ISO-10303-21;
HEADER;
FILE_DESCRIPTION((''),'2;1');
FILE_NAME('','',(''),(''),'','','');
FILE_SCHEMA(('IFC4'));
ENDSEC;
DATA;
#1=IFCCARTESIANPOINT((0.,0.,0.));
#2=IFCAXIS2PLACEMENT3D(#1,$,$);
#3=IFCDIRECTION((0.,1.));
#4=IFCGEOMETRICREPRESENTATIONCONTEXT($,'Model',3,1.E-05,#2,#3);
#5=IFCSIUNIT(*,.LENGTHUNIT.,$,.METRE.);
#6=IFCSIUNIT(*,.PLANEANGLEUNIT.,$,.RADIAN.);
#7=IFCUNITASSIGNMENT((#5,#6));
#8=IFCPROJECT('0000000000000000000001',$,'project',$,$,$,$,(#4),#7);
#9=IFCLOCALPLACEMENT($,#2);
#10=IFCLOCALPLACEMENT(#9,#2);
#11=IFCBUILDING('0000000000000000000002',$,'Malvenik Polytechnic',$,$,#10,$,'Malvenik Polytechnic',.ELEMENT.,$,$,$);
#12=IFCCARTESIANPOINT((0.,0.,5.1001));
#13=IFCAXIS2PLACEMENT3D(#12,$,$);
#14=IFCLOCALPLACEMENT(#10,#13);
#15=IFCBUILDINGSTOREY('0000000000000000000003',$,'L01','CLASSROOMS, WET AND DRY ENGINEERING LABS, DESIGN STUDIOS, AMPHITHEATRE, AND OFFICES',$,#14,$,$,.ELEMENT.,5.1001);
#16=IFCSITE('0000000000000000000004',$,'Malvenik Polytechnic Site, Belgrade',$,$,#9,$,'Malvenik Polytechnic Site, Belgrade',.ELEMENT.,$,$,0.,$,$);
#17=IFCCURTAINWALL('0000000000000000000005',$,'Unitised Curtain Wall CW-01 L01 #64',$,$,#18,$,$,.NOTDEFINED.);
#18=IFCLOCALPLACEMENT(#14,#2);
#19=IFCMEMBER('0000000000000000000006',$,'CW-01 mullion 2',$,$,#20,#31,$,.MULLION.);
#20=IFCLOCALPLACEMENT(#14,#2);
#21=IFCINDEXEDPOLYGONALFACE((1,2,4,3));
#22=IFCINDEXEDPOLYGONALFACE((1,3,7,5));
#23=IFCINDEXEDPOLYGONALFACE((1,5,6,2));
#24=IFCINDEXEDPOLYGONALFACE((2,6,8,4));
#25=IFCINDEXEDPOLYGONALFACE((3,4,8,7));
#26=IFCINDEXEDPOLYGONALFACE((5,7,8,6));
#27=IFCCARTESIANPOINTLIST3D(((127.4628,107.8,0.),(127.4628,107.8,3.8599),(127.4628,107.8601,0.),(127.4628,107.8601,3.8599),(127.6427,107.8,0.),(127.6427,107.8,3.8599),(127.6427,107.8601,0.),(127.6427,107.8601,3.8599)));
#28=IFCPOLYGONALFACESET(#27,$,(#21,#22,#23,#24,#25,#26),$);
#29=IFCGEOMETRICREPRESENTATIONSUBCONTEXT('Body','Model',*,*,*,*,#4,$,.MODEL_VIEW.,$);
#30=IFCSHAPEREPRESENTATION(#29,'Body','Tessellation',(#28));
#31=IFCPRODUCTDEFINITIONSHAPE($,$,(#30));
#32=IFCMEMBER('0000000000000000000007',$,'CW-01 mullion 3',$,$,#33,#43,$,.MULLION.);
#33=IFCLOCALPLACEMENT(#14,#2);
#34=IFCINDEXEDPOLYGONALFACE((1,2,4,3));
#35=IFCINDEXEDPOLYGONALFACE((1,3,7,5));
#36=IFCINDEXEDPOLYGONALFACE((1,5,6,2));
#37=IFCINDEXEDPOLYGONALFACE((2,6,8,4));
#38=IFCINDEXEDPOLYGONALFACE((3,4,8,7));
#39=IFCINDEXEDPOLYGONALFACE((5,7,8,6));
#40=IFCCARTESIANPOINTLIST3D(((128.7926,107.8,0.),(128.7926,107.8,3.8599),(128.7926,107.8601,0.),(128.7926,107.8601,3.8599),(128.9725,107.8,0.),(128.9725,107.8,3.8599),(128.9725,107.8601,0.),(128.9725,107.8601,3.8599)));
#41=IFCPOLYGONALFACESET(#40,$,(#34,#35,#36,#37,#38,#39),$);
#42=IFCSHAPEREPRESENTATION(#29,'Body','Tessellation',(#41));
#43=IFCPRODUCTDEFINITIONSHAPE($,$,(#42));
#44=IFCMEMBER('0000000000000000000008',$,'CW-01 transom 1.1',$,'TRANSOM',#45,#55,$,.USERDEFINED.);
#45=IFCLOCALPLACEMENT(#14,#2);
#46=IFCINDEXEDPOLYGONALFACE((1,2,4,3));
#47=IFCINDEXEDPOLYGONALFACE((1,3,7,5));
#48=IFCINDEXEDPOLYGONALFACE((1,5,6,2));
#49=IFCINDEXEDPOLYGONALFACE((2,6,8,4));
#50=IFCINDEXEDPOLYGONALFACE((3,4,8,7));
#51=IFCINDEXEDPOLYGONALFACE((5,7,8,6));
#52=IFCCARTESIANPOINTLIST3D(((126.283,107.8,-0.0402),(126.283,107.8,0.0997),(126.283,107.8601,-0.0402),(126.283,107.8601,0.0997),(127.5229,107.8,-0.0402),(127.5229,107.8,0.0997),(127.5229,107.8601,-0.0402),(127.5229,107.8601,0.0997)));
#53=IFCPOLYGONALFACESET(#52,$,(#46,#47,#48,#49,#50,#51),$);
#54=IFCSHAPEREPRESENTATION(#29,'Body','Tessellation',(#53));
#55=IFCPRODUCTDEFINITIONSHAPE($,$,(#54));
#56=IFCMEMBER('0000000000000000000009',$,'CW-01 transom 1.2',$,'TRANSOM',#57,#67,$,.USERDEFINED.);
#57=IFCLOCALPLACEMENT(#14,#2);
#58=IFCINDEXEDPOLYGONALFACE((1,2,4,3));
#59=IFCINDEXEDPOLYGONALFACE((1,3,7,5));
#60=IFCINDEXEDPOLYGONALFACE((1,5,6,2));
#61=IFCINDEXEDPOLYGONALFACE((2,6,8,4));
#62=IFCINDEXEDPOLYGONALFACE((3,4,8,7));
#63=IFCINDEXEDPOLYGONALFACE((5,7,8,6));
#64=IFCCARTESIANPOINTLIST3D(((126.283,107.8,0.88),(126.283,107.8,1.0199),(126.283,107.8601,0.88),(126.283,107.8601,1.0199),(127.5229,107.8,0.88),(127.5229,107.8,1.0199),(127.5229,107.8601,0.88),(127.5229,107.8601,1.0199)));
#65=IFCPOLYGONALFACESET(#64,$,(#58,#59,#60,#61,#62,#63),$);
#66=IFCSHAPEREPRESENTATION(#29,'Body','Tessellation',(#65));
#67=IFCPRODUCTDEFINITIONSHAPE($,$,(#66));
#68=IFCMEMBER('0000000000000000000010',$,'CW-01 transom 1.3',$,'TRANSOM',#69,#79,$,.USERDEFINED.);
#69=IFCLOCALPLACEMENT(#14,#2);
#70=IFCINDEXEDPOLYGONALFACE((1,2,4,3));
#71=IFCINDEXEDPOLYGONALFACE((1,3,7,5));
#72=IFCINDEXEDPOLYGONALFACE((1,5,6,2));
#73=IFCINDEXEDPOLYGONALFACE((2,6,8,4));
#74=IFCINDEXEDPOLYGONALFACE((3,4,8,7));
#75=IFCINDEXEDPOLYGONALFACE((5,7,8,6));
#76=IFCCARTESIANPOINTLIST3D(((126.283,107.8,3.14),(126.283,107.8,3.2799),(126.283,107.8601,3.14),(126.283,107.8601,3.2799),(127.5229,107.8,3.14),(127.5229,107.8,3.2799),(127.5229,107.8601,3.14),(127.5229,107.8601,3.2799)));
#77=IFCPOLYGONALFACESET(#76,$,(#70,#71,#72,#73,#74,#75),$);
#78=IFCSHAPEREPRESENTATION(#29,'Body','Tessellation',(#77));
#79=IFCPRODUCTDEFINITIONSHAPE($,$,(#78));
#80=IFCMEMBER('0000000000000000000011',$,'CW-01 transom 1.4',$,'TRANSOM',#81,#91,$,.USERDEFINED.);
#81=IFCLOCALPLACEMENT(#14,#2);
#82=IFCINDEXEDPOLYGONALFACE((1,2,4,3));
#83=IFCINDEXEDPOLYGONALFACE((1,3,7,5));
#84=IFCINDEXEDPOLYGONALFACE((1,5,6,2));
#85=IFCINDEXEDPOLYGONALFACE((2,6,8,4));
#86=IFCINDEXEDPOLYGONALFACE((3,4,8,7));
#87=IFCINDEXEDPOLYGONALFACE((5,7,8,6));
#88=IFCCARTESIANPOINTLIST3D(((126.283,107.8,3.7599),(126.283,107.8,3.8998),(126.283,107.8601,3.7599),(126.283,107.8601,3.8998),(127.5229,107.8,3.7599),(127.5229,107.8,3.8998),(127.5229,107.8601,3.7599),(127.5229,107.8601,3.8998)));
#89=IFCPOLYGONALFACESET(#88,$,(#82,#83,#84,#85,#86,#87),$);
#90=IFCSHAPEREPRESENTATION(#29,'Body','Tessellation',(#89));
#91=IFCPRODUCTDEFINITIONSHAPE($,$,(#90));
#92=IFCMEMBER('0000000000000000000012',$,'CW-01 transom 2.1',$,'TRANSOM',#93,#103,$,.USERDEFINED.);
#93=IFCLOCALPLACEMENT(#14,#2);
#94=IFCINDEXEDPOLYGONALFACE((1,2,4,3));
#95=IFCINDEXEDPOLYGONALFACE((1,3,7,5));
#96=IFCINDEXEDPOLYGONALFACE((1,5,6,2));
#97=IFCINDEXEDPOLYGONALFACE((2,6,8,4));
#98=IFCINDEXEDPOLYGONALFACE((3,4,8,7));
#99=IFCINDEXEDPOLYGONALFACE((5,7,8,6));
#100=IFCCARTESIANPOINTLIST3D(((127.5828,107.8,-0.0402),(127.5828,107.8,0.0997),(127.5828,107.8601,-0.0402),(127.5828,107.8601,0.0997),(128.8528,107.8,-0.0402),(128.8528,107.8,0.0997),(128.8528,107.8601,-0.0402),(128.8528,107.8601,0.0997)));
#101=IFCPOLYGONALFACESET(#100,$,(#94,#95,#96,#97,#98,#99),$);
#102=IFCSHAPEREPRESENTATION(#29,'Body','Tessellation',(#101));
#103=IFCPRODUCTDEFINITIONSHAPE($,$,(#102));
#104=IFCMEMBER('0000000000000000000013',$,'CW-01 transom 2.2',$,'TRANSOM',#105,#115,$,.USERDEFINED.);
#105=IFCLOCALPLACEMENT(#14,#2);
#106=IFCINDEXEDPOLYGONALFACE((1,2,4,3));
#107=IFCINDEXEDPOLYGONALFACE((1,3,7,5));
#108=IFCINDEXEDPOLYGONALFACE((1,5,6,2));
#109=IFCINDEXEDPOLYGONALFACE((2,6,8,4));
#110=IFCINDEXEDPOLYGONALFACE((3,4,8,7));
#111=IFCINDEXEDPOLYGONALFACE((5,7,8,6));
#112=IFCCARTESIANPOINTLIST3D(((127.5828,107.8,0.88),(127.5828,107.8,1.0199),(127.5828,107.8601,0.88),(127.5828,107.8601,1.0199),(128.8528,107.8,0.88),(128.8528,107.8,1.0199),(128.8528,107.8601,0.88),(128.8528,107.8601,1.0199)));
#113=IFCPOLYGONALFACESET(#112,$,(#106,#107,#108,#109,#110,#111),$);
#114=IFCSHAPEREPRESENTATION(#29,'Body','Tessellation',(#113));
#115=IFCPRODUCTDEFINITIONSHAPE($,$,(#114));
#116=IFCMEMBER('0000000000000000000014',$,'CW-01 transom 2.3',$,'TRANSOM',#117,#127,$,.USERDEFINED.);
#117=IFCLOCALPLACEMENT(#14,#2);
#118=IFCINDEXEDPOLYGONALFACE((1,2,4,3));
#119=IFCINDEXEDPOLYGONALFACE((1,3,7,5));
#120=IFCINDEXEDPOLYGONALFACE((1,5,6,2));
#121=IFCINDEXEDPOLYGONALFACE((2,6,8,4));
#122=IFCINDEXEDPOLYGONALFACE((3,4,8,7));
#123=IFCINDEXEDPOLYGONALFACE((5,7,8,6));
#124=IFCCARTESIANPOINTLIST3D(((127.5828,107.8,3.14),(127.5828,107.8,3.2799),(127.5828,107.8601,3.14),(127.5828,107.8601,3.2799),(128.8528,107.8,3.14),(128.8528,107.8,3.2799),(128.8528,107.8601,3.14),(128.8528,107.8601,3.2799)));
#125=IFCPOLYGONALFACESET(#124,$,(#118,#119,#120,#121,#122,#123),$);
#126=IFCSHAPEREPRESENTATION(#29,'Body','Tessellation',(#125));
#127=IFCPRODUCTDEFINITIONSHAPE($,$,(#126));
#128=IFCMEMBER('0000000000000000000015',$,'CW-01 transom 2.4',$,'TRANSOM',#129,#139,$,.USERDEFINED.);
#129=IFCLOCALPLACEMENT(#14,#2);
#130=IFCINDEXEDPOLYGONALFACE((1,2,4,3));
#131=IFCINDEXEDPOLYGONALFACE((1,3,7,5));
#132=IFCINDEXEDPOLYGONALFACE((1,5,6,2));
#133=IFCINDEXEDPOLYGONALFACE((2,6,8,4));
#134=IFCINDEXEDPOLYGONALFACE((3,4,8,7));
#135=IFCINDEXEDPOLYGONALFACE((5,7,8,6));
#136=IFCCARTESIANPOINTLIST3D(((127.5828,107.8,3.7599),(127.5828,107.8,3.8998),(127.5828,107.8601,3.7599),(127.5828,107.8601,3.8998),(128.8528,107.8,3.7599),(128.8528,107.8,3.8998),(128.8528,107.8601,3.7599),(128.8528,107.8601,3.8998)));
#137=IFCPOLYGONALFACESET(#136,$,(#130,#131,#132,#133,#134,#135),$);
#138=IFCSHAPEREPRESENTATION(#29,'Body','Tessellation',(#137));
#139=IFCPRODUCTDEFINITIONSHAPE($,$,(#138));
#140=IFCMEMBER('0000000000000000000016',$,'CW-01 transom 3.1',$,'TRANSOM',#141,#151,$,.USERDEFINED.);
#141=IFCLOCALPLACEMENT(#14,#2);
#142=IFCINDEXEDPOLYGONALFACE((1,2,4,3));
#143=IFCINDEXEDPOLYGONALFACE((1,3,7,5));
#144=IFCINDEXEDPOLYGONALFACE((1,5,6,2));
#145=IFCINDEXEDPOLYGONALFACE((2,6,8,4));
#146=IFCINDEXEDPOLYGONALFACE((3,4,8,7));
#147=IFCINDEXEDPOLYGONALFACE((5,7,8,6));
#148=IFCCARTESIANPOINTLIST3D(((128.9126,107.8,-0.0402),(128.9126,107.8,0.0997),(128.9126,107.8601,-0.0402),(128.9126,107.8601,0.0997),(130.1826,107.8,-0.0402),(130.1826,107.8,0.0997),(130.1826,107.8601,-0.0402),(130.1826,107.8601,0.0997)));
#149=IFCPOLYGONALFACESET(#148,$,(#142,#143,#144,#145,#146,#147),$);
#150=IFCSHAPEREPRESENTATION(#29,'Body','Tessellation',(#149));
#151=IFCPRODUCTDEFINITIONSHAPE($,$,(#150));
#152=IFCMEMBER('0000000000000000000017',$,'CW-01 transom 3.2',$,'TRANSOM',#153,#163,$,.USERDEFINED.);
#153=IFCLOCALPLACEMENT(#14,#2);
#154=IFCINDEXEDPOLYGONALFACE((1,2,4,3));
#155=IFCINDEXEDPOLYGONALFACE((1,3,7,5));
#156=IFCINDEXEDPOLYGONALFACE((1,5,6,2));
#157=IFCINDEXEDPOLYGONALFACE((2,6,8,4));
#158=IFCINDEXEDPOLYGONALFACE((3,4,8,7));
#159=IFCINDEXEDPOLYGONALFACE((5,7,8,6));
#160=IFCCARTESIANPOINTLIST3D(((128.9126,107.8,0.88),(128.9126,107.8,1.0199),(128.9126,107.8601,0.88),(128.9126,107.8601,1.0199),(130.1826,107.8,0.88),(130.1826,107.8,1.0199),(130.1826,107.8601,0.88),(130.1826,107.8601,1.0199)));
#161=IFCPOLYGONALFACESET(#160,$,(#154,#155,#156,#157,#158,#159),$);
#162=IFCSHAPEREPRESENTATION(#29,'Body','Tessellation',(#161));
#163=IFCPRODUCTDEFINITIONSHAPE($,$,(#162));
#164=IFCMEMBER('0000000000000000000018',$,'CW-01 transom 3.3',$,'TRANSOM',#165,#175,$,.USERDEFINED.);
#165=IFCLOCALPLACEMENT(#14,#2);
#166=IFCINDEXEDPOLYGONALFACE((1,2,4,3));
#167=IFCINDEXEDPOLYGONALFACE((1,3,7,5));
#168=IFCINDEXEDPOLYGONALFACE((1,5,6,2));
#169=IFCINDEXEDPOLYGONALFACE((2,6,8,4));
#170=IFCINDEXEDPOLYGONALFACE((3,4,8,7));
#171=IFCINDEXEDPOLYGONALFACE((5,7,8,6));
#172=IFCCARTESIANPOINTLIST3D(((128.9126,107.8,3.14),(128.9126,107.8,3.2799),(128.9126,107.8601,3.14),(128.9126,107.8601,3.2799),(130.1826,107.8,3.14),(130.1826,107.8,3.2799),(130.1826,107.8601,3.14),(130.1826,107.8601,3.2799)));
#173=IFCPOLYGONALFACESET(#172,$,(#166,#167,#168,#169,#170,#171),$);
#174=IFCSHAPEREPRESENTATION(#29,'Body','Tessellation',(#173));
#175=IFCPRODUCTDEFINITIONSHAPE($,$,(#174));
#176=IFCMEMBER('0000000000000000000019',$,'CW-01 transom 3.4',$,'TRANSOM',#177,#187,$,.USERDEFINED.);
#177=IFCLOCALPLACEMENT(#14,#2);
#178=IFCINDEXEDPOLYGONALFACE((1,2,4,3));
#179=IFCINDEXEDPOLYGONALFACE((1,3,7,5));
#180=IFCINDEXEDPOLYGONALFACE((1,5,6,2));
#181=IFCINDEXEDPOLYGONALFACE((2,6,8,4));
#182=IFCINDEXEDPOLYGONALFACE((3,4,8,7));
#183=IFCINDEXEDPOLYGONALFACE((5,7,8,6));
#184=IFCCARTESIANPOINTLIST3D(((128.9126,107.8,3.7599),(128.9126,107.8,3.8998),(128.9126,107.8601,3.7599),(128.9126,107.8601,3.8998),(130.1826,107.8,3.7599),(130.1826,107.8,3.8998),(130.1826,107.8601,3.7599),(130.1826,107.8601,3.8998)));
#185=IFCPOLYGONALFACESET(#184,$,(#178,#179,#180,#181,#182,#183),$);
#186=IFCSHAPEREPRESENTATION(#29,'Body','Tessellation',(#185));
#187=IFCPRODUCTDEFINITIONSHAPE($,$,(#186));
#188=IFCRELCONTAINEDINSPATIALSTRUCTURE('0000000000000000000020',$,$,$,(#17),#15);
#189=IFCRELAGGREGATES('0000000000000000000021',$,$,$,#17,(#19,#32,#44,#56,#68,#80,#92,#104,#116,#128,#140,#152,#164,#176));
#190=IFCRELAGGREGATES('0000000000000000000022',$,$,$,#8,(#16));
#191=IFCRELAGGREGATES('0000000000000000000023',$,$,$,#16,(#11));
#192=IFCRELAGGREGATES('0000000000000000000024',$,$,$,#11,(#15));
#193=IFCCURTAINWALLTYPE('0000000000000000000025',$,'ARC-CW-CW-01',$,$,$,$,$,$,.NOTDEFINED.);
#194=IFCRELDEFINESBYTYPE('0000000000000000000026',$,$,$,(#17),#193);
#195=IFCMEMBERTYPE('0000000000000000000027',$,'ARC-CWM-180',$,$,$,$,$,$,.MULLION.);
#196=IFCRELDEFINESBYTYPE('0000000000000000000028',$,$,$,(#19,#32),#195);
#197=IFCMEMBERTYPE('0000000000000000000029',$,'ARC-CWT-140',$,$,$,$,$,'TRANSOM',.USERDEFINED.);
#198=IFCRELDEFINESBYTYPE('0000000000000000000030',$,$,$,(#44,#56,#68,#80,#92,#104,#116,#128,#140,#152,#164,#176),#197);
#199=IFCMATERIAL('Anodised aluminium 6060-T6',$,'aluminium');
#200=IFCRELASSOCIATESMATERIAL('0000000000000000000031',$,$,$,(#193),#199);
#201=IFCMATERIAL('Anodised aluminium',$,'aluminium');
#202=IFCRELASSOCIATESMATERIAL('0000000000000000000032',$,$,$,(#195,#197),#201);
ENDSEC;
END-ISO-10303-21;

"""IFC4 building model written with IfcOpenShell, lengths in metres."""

from ifc_helpers import new_model, si_unit, direction, frame, origin, origin_2d, place, context, subcontext, project, spatial, rectangle, extrude, material, material_profile, profile_set, type_object, element, aggregate, save


model = new_model("IFC4")

# Units and contexts
model_context = context("Model", 3, precision=1e-05, world=origin(), true_north=direction((0.0, 1.0)))
body_context = subcontext(model_context, "Body", "Model", "MODEL_VIEW")
ifc_project = project(units=[si_unit("LENGTHUNIT", "METRE"), si_unit("PLANEANGLEUNIT", "RADIAN")], contexts=[model_context])

# Site, building, storey
site_placement = place(None, origin())
site = spatial("IfcSite", under=ifc_project, at=site_placement, Name="Malvenik Polytechnic Site, Belgrade", LongName="Malvenik Polytechnic Site, Belgrade", CompositionType="ELEMENT", RefElevation=0.0)
building_placement = place(site_placement, origin())
building = spatial("IfcBuilding", under=site, at=building_placement, Name="Malvenik Polytechnic", LongName="Malvenik Polytechnic", CompositionType="ELEMENT")
storey_placement = place(building_placement, frame((0.0, 0.0, 5.1001)))
storey = spatial("IfcBuildingStorey", under=building, at=storey_placement, Name="L01", Description="CLASSROOMS, WET AND DRY ENGINEERING LABS, DESIGN STUDIOS, AMPHITHEATRE, AND OFFICES", CompositionType="ELEMENT", Elevation=5.1001)

# Curtain wall, members
ifc_material_1 = material(Name="Anodised aluminium 6060-T6", Category="aluminium")
curtain_wall_type = type_object("IfcCurtainWallType", Name="ARC-CW-CW-01", PredefinedType="NOTDEFINED", material=ifc_material_1)
curtain_wall_placement = place(storey_placement, origin())
curtain_wall = element("IfcCurtainWall", 1, at=curtain_wall_placement, inside=storey, type_object=curtain_wall_type, Name="Unitised Curtain Wall CW-01 L01 #64", PredefinedType="NOTDEFINED")
ifc_material_2 = material(Name="Anodised aluminium", Category="aluminium")
ifc_material_profile_1 = material_profile(ifc_material_2, rectangle(XDim=0.0601, YDim=0.1799, at=origin_2d()), Name="ALU MULLION 60x180")
ifc_profile_set_1 = profile_set([ifc_material_profile_1], Name="Anodised aluminium")
member_type_1 = type_object("IfcMemberType", Name="ARC-CWM-180", PredefinedType="MULLION", material=ifc_profile_set_1)
member_1_placement = place(storey_placement, frame((127.5527, 107.8301, 0.0), z_axis=(0.0, 0.0, 1.0), x_axis=(0.0, 1.0, 0.0)))
member_1 = element("IfcMember", 2, at=member_1_placement, type_object=member_type_1, Name="CW-01 mullion 2", PredefinedType="MULLION", context=body_context, shape_type="SweptSolid", body=[
    extrude(rectangle(XDim=0.0601, YDim=0.1799, at=origin_2d()), origin(), (0.0, 0.0, 1.0), 3.8599),
])
member_2_placement = place(storey_placement, frame((128.8826, 107.8301, 0.0), z_axis=(0.0, 0.0, 1.0), x_axis=(0.0, 1.0, 0.0)))
member_2 = element("IfcMember", 3, at=member_2_placement, type_object=member_type_1, Name="CW-01 mullion 3", PredefinedType="MULLION", context=body_context, shape_type="SweptSolid", body=[
    extrude(rectangle(XDim=0.0601, YDim=0.1799, at=origin_2d()), origin(), (0.0, 0.0, 1.0), 3.8599),
])
ifc_material_profile_2 = material_profile(ifc_material_2, rectangle(XDim=0.0601, YDim=0.1399, at=origin_2d()), Name="ALU TRANSOM 60x140")
ifc_profile_set_2 = profile_set([ifc_material_profile_2], Name="Anodised aluminium")
member_type_2 = type_object("IfcMemberType", Name="ARC-CWT-140", ElementType="TRANSOM", PredefinedType="USERDEFINED", material=ifc_profile_set_2)
member_3_placement = place(storey_placement, frame((126.283, 107.8301, 0.0298), z_axis=(1.0, 0.0, 0.0), x_axis=(0.0, 1.0, 0.0)))
member_3 = element("IfcMember", 4, at=member_3_placement, type_object=member_type_2, Name="CW-01 transom 1.1", ObjectType="TRANSOM", PredefinedType="USERDEFINED", context=body_context, shape_type="SweptSolid", body=[
    extrude(rectangle(XDim=0.0601, YDim=0.1399, at=origin_2d()), origin(), (0.0, 0.0, 1.0), 1.24),
])
member_4_placement = place(storey_placement, frame((126.283, 107.8301, 0.95), z_axis=(1.0, 0.0, 0.0), x_axis=(0.0, 1.0, 0.0)))
member_4 = element("IfcMember", 5, at=member_4_placement, type_object=member_type_2, Name="CW-01 transom 1.2", ObjectType="TRANSOM", PredefinedType="USERDEFINED", context=body_context, shape_type="SweptSolid", body=[
    extrude(rectangle(XDim=0.0601, YDim=0.1399, at=origin_2d()), origin(), (0.0, 0.0, 1.0), 1.24),
])
member_5_placement = place(storey_placement, frame((126.283, 107.8301, 3.21), z_axis=(1.0, 0.0, 0.0), x_axis=(0.0, 1.0, 0.0)))
member_5 = element("IfcMember", 6, at=member_5_placement, type_object=member_type_2, Name="CW-01 transom 1.3", ObjectType="TRANSOM", PredefinedType="USERDEFINED", context=body_context, shape_type="SweptSolid", body=[
    extrude(rectangle(XDim=0.0601, YDim=0.1399, at=origin_2d()), origin(), (0.0, 0.0, 1.0), 1.24),
])
member_6_placement = place(storey_placement, frame((126.283, 107.8301, 3.8298), z_axis=(1.0, 0.0, 0.0), x_axis=(0.0, 1.0, 0.0)))
member_6 = element("IfcMember", 7, at=member_6_placement, type_object=member_type_2, Name="CW-01 transom 1.4", ObjectType="TRANSOM", PredefinedType="USERDEFINED", context=body_context, shape_type="SweptSolid", body=[
    extrude(rectangle(XDim=0.0601, YDim=0.1399, at=origin_2d()), origin(), (0.0, 0.0, 1.0), 1.24),
])
member_7_placement = place(storey_placement, frame((127.5828, 107.8301, 0.0298), z_axis=(1.0, 0.0, 0.0), x_axis=(0.0, 1.0, 0.0)))
member_7 = element("IfcMember", 8, at=member_7_placement, type_object=member_type_2, Name="CW-01 transom 2.1", ObjectType="TRANSOM", PredefinedType="USERDEFINED", context=body_context, shape_type="SweptSolid", body=[
    extrude(rectangle(XDim=0.0601, YDim=0.1399, at=origin_2d()), origin(), (0.0, 0.0, 1.0), 1.27),
])
member_8_placement = place(storey_placement, frame((127.5828, 107.8301, 0.95), z_axis=(1.0, 0.0, 0.0), x_axis=(0.0, 1.0, 0.0)))
member_8 = element("IfcMember", 9, at=member_8_placement, type_object=member_type_2, Name="CW-01 transom 2.2", ObjectType="TRANSOM", PredefinedType="USERDEFINED", context=body_context, shape_type="SweptSolid", body=[
    extrude(rectangle(XDim=0.0601, YDim=0.1399, at=origin_2d()), origin(), (0.0, 0.0, 1.0), 1.27),
])
member_9_placement = place(storey_placement, frame((127.5828, 107.8301, 3.21), z_axis=(1.0, 0.0, 0.0), x_axis=(0.0, 1.0, 0.0)))
member_9 = element("IfcMember", 10, at=member_9_placement, type_object=member_type_2, Name="CW-01 transom 2.3", ObjectType="TRANSOM", PredefinedType="USERDEFINED", context=body_context, shape_type="SweptSolid", body=[
    extrude(rectangle(XDim=0.0601, YDim=0.1399, at=origin_2d()), origin(), (0.0, 0.0, 1.0), 1.27),
])
member_10_placement = place(storey_placement, frame((127.5828, 107.8301, 3.8298), z_axis=(1.0, 0.0, 0.0), x_axis=(0.0, 1.0, 0.0)))
member_10 = element("IfcMember", 11, at=member_10_placement, type_object=member_type_2, Name="CW-01 transom 2.4", ObjectType="TRANSOM", PredefinedType="USERDEFINED", context=body_context, shape_type="SweptSolid", body=[
    extrude(rectangle(XDim=0.0601, YDim=0.1399, at=origin_2d()), origin(), (0.0, 0.0, 1.0), 1.27),
])
member_11_placement = place(storey_placement, frame((128.9126, 107.8301, 0.0298), z_axis=(1.0, 0.0, 0.0), x_axis=(0.0, 1.0, 0.0)))
member_11 = element("IfcMember", 12, at=member_11_placement, type_object=member_type_2, Name="CW-01 transom 3.1", ObjectType="TRANSOM", PredefinedType="USERDEFINED", context=body_context, shape_type="SweptSolid", body=[
    extrude(rectangle(XDim=0.0601, YDim=0.1399, at=origin_2d()), origin(), (0.0, 0.0, 1.0), 1.27),
])
member_12_placement = place(storey_placement, frame((128.9126, 107.8301, 0.95), z_axis=(1.0, 0.0, 0.0), x_axis=(0.0, 1.0, 0.0)))
member_12 = element("IfcMember", 13, at=member_12_placement, type_object=member_type_2, Name="CW-01 transom 3.2", ObjectType="TRANSOM", PredefinedType="USERDEFINED", context=body_context, shape_type="SweptSolid", body=[
    extrude(rectangle(XDim=0.0601, YDim=0.1399, at=origin_2d()), origin(), (0.0, 0.0, 1.0), 1.27),
])
member_13_placement = place(storey_placement, frame((128.9126, 107.8301, 3.21), z_axis=(1.0, 0.0, 0.0), x_axis=(0.0, 1.0, 0.0)))
member_13 = element("IfcMember", 14, at=member_13_placement, type_object=member_type_2, Name="CW-01 transom 3.3", ObjectType="TRANSOM", PredefinedType="USERDEFINED", context=body_context, shape_type="SweptSolid", body=[
    extrude(rectangle(XDim=0.0601, YDim=0.1399, at=origin_2d()), origin(), (0.0, 0.0, 1.0), 1.27),
])
member_14_placement = place(storey_placement, frame((128.9126, 107.8301, 3.8298), z_axis=(1.0, 0.0, 0.0), x_axis=(0.0, 1.0, 0.0)))
member_14 = element("IfcMember", 15, at=member_14_placement, type_object=member_type_2, Name="CW-01 transom 3.4", ObjectType="TRANSOM", PredefinedType="USERDEFINED", context=body_context, shape_type="SweptSolid", body=[
    extrude(rectangle(XDim=0.0601, YDim=0.1399, at=origin_2d()), origin(), (0.0, 0.0, 1.0), 1.27),
])

aggregate(curtain_wall, [member_1, member_2, member_3, member_4, member_5, member_6, member_7, member_8, member_9, member_10, member_11, member_12, member_13, member_14])

save(model, "model.ifc")
